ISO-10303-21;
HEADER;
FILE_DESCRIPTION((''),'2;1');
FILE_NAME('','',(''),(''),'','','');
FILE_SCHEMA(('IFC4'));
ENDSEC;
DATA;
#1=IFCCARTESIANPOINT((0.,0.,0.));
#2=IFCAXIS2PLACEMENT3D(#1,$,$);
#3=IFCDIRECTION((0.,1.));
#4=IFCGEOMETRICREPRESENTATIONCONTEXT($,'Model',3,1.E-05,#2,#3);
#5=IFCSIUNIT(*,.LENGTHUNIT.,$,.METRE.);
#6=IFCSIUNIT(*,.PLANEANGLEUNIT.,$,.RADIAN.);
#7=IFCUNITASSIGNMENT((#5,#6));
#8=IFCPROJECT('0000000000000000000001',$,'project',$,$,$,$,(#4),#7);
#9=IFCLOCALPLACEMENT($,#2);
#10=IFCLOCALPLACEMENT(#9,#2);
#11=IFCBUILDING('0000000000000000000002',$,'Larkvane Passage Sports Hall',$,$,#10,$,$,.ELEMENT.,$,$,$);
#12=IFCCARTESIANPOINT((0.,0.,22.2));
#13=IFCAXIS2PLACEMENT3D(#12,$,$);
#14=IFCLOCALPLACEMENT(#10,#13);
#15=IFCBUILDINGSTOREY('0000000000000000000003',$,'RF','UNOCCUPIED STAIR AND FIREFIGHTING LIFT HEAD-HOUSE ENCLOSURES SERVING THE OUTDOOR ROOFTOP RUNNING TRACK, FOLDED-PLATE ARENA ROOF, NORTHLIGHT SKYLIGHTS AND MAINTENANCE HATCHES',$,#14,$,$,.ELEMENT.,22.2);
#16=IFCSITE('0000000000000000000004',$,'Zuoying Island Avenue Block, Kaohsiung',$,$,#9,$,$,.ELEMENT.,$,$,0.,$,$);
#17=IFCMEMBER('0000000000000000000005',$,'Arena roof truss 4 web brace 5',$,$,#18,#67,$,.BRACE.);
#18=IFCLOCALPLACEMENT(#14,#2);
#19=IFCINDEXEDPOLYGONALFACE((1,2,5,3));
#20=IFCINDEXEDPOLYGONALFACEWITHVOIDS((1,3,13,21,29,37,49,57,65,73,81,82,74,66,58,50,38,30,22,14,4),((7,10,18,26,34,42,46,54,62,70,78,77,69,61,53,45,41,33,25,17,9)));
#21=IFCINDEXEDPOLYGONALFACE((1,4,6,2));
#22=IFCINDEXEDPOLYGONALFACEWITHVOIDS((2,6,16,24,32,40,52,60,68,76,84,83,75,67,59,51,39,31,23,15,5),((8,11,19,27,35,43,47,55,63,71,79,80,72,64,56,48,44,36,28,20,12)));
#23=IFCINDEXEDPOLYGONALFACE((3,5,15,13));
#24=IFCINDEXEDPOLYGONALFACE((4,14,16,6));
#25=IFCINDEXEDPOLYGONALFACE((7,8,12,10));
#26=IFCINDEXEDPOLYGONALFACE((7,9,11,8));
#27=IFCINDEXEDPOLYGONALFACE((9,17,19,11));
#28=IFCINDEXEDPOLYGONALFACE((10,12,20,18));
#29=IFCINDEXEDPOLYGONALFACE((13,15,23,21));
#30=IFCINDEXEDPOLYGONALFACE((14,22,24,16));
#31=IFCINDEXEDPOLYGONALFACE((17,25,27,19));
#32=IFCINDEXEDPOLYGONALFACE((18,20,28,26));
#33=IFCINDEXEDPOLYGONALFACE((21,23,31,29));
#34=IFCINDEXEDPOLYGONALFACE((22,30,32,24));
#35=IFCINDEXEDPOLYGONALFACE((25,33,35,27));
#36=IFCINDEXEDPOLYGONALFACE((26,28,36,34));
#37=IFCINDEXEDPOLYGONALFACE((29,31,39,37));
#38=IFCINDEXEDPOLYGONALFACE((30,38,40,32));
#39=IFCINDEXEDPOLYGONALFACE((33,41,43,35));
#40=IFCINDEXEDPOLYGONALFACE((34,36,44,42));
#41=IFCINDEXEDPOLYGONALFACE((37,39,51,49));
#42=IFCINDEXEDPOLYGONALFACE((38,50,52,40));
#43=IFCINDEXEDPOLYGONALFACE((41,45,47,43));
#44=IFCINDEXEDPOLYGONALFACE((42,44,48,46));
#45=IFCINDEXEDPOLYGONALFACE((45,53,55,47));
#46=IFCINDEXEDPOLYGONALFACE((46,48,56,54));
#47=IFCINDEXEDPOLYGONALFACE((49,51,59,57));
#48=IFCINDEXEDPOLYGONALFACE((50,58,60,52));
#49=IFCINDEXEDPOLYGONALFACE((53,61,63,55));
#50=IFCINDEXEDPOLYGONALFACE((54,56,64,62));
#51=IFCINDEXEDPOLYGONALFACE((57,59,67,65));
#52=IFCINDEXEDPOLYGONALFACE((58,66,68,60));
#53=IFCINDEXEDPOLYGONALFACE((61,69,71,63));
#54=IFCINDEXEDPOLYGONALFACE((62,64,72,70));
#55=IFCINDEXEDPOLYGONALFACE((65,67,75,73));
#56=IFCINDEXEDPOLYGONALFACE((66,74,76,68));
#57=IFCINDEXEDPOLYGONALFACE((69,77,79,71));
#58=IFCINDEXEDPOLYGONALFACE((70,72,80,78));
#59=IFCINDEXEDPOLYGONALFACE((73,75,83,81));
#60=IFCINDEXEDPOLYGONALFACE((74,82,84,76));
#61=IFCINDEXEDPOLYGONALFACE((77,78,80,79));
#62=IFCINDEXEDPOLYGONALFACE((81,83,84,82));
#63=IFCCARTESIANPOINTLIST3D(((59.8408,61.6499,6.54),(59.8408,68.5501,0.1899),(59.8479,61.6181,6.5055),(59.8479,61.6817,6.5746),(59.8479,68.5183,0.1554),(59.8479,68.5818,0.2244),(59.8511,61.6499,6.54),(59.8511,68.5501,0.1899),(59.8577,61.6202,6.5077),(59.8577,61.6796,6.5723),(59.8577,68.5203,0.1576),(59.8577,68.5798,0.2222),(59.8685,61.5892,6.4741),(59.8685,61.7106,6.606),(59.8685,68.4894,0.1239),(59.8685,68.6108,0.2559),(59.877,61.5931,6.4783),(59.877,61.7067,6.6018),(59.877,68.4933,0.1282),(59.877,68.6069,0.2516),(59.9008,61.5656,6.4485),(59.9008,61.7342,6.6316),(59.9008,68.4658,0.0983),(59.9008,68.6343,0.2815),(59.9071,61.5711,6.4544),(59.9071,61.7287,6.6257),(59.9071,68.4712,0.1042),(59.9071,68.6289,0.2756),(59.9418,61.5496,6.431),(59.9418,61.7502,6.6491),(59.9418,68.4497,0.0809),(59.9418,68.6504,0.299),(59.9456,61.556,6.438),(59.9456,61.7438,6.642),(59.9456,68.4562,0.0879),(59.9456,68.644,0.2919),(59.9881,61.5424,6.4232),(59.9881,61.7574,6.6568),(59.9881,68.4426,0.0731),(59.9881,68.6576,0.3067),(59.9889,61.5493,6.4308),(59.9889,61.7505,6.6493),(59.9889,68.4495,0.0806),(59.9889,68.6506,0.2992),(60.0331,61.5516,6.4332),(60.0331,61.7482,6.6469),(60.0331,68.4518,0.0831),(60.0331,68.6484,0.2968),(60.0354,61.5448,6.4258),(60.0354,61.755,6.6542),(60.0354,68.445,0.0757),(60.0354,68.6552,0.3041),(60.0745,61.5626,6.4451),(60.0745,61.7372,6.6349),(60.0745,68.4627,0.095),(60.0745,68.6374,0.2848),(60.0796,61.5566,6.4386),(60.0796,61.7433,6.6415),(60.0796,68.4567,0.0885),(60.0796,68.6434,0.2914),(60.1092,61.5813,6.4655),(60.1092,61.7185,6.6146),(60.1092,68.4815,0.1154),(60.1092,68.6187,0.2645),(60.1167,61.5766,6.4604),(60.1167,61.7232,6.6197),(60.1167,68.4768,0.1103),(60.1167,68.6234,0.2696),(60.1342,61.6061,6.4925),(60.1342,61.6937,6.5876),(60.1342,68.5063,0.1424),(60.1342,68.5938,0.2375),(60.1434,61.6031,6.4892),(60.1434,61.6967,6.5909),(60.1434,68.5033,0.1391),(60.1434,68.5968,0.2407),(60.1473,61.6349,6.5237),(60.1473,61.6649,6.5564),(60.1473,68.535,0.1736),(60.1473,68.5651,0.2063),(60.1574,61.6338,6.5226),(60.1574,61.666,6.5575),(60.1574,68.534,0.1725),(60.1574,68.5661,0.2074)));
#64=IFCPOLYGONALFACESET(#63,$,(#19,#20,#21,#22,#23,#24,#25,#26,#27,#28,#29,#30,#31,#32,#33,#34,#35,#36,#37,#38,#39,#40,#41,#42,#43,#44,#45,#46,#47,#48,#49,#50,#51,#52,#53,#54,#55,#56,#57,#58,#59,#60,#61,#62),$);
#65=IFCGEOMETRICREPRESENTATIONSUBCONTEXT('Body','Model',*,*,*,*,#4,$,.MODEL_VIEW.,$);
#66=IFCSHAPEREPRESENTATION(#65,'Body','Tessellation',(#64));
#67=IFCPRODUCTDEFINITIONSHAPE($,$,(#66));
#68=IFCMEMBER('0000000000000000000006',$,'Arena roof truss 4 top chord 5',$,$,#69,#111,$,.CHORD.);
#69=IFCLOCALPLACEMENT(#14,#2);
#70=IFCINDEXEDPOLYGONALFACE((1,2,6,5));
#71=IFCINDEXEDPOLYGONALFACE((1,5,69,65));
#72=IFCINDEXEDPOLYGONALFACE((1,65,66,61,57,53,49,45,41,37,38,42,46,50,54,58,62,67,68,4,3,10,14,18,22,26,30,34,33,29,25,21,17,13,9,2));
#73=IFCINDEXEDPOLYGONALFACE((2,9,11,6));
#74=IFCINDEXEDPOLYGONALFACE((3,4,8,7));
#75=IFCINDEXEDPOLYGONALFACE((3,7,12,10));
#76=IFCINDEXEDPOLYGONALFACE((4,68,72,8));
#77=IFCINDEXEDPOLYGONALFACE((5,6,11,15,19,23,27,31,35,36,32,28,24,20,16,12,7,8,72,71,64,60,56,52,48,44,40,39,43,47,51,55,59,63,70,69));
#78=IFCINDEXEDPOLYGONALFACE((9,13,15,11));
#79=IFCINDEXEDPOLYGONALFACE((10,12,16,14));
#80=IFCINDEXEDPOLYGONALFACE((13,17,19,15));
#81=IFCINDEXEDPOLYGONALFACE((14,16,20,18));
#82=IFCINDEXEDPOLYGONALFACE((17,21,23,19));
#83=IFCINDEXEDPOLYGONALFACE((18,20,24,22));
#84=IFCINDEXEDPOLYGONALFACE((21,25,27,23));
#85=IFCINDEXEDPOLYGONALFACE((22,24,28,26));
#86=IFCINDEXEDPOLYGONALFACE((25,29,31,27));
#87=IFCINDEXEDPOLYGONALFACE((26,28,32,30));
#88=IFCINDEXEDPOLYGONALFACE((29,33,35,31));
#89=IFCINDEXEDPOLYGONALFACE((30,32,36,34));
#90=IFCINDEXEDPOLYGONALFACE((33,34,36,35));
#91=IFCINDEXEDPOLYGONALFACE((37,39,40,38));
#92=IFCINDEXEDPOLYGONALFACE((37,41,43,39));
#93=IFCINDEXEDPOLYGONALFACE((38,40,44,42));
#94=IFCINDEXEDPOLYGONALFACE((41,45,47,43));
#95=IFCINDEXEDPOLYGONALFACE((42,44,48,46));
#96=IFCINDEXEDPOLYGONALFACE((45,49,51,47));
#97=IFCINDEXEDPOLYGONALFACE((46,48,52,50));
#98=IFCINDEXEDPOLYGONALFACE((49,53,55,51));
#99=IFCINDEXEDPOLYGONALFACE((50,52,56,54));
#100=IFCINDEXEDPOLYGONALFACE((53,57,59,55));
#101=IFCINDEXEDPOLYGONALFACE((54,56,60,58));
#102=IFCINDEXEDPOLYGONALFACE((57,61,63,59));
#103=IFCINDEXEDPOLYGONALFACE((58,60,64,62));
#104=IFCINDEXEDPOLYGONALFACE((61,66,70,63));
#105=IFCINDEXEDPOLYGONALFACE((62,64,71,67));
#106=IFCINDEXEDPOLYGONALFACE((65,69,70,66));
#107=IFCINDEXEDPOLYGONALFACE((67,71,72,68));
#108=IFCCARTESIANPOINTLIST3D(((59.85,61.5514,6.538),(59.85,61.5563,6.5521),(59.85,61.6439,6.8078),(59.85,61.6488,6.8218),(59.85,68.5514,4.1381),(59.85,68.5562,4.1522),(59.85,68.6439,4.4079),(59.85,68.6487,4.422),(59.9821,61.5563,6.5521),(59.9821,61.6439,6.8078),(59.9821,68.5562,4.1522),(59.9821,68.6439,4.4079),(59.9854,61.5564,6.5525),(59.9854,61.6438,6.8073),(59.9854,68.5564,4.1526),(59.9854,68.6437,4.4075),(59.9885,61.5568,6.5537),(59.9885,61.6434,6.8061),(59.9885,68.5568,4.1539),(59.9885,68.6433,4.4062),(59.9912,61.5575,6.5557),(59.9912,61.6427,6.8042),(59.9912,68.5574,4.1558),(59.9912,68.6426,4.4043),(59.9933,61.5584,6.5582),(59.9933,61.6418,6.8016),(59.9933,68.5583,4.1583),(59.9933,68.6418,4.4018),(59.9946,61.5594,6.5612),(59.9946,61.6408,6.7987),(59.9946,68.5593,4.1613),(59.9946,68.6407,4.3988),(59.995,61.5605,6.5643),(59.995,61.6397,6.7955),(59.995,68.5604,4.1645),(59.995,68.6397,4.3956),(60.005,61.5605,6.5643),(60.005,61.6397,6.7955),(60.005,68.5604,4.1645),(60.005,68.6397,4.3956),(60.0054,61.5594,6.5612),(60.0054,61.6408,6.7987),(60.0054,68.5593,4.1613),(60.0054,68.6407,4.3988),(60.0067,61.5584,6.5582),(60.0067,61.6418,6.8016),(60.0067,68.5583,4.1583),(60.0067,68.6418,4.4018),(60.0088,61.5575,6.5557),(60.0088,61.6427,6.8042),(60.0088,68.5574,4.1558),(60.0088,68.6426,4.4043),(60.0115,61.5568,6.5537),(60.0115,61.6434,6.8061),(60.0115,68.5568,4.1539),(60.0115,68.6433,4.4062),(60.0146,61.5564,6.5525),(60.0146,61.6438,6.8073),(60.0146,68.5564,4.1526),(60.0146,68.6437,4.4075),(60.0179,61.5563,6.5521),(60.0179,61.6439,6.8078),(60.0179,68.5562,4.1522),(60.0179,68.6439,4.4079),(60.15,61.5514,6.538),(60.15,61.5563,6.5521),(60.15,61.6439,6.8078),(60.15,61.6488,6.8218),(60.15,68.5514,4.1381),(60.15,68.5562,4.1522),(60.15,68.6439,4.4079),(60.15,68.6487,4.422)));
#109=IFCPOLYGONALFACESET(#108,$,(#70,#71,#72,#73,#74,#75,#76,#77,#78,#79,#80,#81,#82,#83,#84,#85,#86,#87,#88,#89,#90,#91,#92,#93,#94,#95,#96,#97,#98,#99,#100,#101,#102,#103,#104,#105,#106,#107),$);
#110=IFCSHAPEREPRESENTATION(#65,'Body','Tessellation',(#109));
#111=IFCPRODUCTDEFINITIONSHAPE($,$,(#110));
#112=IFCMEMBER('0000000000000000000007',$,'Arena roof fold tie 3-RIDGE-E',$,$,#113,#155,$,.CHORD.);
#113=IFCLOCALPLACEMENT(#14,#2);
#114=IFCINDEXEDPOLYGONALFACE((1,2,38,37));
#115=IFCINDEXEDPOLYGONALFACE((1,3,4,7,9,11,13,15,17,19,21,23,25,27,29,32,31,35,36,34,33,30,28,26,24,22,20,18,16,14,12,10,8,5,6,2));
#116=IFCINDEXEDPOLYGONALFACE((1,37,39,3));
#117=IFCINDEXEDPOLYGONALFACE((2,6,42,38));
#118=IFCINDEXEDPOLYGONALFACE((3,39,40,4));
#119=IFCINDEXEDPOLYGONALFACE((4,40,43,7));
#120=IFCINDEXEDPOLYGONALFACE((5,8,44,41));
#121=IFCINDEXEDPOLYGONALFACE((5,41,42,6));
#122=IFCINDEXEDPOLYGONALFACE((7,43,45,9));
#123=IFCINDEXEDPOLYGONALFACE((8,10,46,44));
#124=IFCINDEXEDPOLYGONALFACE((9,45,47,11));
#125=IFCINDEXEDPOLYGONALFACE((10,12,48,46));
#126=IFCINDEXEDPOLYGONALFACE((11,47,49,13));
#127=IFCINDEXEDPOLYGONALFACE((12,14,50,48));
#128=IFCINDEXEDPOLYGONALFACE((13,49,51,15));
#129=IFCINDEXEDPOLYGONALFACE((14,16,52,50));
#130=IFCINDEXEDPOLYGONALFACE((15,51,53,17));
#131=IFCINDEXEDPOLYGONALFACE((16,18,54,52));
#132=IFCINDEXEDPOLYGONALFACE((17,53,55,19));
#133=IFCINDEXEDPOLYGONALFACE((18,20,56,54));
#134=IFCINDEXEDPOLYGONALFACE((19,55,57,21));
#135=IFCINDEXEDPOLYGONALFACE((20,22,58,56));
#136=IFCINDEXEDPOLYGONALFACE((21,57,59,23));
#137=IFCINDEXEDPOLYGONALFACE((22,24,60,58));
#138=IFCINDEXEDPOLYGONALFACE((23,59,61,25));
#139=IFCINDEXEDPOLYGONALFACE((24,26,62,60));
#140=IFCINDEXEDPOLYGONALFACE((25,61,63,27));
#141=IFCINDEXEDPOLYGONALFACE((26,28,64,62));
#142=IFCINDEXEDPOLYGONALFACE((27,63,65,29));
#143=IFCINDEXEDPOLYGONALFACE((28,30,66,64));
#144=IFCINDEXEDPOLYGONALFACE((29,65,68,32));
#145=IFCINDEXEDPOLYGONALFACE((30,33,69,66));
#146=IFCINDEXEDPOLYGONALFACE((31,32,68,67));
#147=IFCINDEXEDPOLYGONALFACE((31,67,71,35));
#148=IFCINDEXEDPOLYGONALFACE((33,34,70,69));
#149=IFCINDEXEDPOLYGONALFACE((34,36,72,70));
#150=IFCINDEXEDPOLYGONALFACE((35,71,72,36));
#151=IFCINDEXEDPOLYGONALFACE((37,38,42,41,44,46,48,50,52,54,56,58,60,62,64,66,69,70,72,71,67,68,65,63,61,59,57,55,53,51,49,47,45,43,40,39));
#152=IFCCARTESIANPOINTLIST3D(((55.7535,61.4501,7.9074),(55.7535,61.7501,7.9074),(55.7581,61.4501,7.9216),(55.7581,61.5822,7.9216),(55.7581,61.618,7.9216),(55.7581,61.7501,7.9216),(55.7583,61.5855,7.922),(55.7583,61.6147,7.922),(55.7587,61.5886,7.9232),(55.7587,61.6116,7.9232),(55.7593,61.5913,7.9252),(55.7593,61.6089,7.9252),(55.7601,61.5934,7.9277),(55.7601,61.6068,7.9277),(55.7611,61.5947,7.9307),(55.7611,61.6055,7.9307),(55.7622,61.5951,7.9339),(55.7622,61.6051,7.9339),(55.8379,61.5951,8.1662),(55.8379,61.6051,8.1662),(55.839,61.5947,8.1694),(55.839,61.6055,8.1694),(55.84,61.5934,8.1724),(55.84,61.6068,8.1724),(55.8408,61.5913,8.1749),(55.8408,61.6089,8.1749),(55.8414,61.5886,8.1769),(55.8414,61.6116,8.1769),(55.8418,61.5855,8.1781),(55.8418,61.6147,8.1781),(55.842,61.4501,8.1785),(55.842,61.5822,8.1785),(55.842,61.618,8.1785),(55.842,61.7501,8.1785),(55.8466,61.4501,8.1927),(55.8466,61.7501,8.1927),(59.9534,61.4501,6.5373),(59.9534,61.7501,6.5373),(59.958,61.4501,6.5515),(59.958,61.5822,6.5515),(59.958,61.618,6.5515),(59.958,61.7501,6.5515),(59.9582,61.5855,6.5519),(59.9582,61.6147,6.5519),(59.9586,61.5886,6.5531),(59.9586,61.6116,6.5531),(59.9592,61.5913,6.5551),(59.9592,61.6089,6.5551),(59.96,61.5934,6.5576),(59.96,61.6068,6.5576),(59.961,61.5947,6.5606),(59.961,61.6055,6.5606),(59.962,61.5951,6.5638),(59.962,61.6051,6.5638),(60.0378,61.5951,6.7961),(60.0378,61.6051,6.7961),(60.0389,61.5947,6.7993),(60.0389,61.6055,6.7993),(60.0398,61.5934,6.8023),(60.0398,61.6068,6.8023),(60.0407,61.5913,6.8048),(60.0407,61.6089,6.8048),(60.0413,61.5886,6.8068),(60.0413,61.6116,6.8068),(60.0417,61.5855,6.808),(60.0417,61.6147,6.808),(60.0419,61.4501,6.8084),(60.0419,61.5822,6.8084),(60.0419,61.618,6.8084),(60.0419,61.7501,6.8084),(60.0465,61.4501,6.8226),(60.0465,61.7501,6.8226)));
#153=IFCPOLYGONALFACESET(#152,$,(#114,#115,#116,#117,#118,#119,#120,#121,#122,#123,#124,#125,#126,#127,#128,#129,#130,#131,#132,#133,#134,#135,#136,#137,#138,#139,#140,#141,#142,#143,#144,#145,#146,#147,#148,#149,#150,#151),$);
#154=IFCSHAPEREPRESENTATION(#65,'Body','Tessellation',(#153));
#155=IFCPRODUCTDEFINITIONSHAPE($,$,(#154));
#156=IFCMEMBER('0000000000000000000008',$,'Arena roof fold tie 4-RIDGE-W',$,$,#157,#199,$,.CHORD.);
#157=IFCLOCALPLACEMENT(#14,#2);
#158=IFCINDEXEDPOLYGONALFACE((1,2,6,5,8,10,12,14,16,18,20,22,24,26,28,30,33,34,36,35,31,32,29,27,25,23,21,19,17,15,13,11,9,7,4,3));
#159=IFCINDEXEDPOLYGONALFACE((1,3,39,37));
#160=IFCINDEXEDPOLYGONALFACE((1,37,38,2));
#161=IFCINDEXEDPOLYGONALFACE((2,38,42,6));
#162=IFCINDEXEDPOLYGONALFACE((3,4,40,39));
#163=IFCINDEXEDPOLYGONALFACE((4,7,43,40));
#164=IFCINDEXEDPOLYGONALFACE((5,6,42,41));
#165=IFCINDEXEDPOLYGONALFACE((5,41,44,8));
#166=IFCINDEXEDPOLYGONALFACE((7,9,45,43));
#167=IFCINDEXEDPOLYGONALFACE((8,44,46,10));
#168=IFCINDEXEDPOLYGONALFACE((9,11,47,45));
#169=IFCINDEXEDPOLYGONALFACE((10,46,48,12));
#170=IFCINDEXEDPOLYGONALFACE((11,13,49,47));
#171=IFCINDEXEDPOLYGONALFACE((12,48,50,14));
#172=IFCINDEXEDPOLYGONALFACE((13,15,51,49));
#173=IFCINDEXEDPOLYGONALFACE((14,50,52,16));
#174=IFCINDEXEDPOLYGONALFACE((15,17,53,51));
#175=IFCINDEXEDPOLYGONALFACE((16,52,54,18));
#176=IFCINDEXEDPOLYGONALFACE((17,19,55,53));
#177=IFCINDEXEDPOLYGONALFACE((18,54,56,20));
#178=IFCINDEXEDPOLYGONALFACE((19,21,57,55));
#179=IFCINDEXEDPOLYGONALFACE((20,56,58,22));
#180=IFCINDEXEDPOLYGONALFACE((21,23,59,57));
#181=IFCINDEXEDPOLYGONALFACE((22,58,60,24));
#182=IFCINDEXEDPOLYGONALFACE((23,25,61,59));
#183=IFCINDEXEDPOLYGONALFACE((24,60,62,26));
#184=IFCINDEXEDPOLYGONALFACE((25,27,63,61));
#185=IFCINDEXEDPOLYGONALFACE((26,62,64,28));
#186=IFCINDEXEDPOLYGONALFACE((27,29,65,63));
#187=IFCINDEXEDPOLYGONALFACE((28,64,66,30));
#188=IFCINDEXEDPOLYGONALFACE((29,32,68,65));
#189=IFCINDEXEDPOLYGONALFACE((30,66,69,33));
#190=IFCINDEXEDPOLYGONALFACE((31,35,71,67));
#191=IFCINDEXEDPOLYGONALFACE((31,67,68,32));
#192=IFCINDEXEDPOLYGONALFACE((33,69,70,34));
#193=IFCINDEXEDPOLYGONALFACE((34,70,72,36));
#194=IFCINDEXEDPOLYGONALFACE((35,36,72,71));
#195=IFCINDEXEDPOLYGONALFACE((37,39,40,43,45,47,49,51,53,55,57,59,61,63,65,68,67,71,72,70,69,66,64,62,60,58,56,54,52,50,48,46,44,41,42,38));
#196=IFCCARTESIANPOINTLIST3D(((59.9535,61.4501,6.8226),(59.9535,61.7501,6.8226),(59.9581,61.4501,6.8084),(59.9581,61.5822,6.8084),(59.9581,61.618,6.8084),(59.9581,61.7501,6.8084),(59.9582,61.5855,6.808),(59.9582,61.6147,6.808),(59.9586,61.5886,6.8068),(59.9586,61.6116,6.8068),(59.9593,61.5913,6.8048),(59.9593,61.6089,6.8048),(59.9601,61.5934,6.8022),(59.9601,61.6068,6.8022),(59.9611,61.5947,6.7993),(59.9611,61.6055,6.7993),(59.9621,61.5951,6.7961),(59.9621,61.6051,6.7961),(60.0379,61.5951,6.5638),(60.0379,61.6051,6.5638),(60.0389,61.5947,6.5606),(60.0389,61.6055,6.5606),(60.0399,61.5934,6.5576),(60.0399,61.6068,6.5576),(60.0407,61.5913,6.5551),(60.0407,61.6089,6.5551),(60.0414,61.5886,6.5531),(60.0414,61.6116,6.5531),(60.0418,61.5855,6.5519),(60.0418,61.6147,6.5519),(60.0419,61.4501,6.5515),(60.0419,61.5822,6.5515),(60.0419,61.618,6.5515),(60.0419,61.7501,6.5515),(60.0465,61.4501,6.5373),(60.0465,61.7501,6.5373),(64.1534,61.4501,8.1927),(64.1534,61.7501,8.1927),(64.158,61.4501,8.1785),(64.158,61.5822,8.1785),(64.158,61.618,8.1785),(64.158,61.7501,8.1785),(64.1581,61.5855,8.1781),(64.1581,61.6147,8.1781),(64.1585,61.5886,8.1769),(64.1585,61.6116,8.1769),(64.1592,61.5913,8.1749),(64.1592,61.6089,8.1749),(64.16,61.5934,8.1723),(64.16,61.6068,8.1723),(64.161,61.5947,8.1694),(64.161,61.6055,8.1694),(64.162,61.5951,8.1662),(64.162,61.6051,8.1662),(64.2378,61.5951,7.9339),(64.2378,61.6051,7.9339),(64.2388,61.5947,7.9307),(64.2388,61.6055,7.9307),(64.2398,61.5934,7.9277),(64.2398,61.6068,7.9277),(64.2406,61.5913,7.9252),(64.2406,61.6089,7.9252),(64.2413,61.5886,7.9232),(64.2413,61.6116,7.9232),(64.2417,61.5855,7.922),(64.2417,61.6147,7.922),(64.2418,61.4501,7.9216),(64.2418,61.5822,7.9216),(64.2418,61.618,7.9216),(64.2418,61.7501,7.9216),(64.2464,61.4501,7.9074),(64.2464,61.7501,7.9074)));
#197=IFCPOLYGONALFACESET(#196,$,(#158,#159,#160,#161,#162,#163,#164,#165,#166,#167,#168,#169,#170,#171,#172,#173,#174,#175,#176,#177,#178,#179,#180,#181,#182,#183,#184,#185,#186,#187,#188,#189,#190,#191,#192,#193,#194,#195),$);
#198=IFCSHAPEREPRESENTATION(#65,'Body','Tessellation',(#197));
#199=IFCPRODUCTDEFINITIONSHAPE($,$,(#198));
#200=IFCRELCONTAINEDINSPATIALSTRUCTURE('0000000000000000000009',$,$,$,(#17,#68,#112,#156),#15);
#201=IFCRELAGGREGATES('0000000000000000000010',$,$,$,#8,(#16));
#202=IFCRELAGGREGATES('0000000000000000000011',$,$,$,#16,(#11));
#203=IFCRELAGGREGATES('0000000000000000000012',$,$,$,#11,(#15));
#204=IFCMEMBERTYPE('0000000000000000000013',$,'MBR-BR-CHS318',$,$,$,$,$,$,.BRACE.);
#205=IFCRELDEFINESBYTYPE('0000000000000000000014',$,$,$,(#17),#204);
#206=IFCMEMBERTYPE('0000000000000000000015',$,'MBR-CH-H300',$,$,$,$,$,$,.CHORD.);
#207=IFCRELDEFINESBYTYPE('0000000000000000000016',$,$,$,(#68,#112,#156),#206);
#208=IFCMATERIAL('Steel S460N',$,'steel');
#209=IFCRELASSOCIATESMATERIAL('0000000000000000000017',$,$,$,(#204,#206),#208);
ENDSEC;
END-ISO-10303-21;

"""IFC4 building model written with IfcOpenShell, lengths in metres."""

from ifc_helpers import new_model, si_unit, direction, frame, origin, origin_2d, place, context, subcontext, project, spatial, hollow_circle, i_section, extrude, material, material_profile, profile_set, type_object, element, save


model = new_model("IFC4")

# Units and contexts
model_context = context("Model", 3, precision=1e-05, world=origin(), true_north=direction((0.0, 1.0)))
body_context = subcontext(model_context, "Body", "Model", "MODEL_VIEW")
ifc_project = project(units=[si_unit("LENGTHUNIT", "METRE"), si_unit("PLANEANGLEUNIT", "RADIAN")], contexts=[model_context])

# Site, building, storey
site_placement = place(None, origin())
site = spatial("IfcSite", under=ifc_project, at=site_placement, Name="Zuoying Island Avenue Block, Kaohsiung", CompositionType="ELEMENT", RefElevation=0.0)
building_placement = place(site_placement, origin())
building = spatial("IfcBuilding", under=site, at=building_placement, Name="Larkvane Passage Sports Hall", CompositionType="ELEMENT")
storey_placement = place(building_placement, frame((0.0, 0.0, 22.2)))
storey = spatial("IfcBuildingStorey", under=building, at=storey_placement, Name="RF", Description="UNOCCUPIED STAIR AND FIREFIGHTING LIFT HEAD-HOUSE ENCLOSURES SERVING THE OUTDOOR ROOFTOP RUNNING TRACK, FOLDED-PLATE ARENA ROOF, NORTHLIGHT SKYLIGHTS AND MAINTENANCE HATCHES", CompositionType="ELEMENT", Elevation=22.2)

# Members
ifc_material_1 = material(Name="Steel S460N", Category="steel")
ifc_material_profile_1 = material_profile(ifc_material_1, hollow_circle(Radius=0.1592, WallThickness=0.0103, at=origin_2d()), Name="CHS-318.5x10.3")
ifc_profile_set_1 = profile_set([ifc_material_profile_1], Name="Steel S460N")
member_type_1 = type_object("IfcMemberType", Name="MBR-BR-CHS318", PredefinedType="BRACE", material=ifc_profile_set_1)
member_1_placement = place(storey_placement, frame((60.0, 61.6499, 6.54), z_axis=(0.0, 0.735827, -0.67717), x_axis=(-1.0, 0.0, 0.0)))
element("IfcMember", 1, at=member_1_placement, inside=storey, type_object=member_type_1, Name="Arena roof truss 4 web brace 5", PredefinedType="BRACE", context=body_context, shape_type="SweptSolid", body=[
    extrude(hollow_circle(Radius=0.1592, WallThickness=0.0103, at=origin_2d()), origin(), (0.0, 0.0, 1.0), 9.3774),
])
ifc_material_profile_2 = material_profile(ifc_material_1, i_section(OverallWidth=0.3, OverallDepth=0.3, WebThickness=0.01, FlangeThickness=0.0149, FilletRadius=0.0129, at=origin_2d()), Name="H-300x300x10x15")
ifc_profile_set_2 = profile_set([ifc_material_profile_2], Name="Steel S460N")
member_type_2 = type_object("IfcMemberType", Name="MBR-CH-H300", PredefinedType="CHORD", material=ifc_profile_set_2)
member_2_placement = place(storey_placement, frame((60.0, 61.6001, 6.6799), z_axis=(0.0, 0.94595, -0.324313), x_axis=(-1.0, 0.0, 0.0)))
element("IfcMember", 2, at=member_2_placement, inside=storey, type_object=member_type_2, Name="Arena roof truss 4 top chord 5", PredefinedType="CHORD", context=body_context, shape_type="SweptSolid", body=[
    extrude(i_section(OverallWidth=0.3, OverallDepth=0.3, WebThickness=0.01, FlangeThickness=0.0149, FilletRadius=0.0129, at=origin_2d()), origin(), (0.0, 0.0, 1.0), 7.3999),
])
for number, where, z_axis, x_axis, name in (
    (3, (55.8, 61.6001, 8.05), (0.950692, 0.0, -0.310137), (0.0, 1.0, 0.0), "Arena roof fold tie 3-RIDGE-E"),
    (4, (60.0, 61.6001, 6.6799), (0.950692, 0.0, 0.310137), (0.0, 1.0, 0.0), "Arena roof fold tie 4-RIDGE-W"),
):
    element("IfcMember", number, at=place(storey_placement, frame(where, z_axis=z_axis, x_axis=x_axis)), inside=storey, type_object=member_type_2, Name=name, PredefinedType="CHORD", context=body_context, shape_type="SweptSolid", body=[
        extrude(i_section(OverallWidth=0.3, OverallDepth=0.3, WebThickness=0.01, FlangeThickness=0.0149, FilletRadius=0.0129, at=origin_2d()), origin(), (0.0, 0.0, 1.0), 4.4177),
    ])

save(model, "model.ifc")
